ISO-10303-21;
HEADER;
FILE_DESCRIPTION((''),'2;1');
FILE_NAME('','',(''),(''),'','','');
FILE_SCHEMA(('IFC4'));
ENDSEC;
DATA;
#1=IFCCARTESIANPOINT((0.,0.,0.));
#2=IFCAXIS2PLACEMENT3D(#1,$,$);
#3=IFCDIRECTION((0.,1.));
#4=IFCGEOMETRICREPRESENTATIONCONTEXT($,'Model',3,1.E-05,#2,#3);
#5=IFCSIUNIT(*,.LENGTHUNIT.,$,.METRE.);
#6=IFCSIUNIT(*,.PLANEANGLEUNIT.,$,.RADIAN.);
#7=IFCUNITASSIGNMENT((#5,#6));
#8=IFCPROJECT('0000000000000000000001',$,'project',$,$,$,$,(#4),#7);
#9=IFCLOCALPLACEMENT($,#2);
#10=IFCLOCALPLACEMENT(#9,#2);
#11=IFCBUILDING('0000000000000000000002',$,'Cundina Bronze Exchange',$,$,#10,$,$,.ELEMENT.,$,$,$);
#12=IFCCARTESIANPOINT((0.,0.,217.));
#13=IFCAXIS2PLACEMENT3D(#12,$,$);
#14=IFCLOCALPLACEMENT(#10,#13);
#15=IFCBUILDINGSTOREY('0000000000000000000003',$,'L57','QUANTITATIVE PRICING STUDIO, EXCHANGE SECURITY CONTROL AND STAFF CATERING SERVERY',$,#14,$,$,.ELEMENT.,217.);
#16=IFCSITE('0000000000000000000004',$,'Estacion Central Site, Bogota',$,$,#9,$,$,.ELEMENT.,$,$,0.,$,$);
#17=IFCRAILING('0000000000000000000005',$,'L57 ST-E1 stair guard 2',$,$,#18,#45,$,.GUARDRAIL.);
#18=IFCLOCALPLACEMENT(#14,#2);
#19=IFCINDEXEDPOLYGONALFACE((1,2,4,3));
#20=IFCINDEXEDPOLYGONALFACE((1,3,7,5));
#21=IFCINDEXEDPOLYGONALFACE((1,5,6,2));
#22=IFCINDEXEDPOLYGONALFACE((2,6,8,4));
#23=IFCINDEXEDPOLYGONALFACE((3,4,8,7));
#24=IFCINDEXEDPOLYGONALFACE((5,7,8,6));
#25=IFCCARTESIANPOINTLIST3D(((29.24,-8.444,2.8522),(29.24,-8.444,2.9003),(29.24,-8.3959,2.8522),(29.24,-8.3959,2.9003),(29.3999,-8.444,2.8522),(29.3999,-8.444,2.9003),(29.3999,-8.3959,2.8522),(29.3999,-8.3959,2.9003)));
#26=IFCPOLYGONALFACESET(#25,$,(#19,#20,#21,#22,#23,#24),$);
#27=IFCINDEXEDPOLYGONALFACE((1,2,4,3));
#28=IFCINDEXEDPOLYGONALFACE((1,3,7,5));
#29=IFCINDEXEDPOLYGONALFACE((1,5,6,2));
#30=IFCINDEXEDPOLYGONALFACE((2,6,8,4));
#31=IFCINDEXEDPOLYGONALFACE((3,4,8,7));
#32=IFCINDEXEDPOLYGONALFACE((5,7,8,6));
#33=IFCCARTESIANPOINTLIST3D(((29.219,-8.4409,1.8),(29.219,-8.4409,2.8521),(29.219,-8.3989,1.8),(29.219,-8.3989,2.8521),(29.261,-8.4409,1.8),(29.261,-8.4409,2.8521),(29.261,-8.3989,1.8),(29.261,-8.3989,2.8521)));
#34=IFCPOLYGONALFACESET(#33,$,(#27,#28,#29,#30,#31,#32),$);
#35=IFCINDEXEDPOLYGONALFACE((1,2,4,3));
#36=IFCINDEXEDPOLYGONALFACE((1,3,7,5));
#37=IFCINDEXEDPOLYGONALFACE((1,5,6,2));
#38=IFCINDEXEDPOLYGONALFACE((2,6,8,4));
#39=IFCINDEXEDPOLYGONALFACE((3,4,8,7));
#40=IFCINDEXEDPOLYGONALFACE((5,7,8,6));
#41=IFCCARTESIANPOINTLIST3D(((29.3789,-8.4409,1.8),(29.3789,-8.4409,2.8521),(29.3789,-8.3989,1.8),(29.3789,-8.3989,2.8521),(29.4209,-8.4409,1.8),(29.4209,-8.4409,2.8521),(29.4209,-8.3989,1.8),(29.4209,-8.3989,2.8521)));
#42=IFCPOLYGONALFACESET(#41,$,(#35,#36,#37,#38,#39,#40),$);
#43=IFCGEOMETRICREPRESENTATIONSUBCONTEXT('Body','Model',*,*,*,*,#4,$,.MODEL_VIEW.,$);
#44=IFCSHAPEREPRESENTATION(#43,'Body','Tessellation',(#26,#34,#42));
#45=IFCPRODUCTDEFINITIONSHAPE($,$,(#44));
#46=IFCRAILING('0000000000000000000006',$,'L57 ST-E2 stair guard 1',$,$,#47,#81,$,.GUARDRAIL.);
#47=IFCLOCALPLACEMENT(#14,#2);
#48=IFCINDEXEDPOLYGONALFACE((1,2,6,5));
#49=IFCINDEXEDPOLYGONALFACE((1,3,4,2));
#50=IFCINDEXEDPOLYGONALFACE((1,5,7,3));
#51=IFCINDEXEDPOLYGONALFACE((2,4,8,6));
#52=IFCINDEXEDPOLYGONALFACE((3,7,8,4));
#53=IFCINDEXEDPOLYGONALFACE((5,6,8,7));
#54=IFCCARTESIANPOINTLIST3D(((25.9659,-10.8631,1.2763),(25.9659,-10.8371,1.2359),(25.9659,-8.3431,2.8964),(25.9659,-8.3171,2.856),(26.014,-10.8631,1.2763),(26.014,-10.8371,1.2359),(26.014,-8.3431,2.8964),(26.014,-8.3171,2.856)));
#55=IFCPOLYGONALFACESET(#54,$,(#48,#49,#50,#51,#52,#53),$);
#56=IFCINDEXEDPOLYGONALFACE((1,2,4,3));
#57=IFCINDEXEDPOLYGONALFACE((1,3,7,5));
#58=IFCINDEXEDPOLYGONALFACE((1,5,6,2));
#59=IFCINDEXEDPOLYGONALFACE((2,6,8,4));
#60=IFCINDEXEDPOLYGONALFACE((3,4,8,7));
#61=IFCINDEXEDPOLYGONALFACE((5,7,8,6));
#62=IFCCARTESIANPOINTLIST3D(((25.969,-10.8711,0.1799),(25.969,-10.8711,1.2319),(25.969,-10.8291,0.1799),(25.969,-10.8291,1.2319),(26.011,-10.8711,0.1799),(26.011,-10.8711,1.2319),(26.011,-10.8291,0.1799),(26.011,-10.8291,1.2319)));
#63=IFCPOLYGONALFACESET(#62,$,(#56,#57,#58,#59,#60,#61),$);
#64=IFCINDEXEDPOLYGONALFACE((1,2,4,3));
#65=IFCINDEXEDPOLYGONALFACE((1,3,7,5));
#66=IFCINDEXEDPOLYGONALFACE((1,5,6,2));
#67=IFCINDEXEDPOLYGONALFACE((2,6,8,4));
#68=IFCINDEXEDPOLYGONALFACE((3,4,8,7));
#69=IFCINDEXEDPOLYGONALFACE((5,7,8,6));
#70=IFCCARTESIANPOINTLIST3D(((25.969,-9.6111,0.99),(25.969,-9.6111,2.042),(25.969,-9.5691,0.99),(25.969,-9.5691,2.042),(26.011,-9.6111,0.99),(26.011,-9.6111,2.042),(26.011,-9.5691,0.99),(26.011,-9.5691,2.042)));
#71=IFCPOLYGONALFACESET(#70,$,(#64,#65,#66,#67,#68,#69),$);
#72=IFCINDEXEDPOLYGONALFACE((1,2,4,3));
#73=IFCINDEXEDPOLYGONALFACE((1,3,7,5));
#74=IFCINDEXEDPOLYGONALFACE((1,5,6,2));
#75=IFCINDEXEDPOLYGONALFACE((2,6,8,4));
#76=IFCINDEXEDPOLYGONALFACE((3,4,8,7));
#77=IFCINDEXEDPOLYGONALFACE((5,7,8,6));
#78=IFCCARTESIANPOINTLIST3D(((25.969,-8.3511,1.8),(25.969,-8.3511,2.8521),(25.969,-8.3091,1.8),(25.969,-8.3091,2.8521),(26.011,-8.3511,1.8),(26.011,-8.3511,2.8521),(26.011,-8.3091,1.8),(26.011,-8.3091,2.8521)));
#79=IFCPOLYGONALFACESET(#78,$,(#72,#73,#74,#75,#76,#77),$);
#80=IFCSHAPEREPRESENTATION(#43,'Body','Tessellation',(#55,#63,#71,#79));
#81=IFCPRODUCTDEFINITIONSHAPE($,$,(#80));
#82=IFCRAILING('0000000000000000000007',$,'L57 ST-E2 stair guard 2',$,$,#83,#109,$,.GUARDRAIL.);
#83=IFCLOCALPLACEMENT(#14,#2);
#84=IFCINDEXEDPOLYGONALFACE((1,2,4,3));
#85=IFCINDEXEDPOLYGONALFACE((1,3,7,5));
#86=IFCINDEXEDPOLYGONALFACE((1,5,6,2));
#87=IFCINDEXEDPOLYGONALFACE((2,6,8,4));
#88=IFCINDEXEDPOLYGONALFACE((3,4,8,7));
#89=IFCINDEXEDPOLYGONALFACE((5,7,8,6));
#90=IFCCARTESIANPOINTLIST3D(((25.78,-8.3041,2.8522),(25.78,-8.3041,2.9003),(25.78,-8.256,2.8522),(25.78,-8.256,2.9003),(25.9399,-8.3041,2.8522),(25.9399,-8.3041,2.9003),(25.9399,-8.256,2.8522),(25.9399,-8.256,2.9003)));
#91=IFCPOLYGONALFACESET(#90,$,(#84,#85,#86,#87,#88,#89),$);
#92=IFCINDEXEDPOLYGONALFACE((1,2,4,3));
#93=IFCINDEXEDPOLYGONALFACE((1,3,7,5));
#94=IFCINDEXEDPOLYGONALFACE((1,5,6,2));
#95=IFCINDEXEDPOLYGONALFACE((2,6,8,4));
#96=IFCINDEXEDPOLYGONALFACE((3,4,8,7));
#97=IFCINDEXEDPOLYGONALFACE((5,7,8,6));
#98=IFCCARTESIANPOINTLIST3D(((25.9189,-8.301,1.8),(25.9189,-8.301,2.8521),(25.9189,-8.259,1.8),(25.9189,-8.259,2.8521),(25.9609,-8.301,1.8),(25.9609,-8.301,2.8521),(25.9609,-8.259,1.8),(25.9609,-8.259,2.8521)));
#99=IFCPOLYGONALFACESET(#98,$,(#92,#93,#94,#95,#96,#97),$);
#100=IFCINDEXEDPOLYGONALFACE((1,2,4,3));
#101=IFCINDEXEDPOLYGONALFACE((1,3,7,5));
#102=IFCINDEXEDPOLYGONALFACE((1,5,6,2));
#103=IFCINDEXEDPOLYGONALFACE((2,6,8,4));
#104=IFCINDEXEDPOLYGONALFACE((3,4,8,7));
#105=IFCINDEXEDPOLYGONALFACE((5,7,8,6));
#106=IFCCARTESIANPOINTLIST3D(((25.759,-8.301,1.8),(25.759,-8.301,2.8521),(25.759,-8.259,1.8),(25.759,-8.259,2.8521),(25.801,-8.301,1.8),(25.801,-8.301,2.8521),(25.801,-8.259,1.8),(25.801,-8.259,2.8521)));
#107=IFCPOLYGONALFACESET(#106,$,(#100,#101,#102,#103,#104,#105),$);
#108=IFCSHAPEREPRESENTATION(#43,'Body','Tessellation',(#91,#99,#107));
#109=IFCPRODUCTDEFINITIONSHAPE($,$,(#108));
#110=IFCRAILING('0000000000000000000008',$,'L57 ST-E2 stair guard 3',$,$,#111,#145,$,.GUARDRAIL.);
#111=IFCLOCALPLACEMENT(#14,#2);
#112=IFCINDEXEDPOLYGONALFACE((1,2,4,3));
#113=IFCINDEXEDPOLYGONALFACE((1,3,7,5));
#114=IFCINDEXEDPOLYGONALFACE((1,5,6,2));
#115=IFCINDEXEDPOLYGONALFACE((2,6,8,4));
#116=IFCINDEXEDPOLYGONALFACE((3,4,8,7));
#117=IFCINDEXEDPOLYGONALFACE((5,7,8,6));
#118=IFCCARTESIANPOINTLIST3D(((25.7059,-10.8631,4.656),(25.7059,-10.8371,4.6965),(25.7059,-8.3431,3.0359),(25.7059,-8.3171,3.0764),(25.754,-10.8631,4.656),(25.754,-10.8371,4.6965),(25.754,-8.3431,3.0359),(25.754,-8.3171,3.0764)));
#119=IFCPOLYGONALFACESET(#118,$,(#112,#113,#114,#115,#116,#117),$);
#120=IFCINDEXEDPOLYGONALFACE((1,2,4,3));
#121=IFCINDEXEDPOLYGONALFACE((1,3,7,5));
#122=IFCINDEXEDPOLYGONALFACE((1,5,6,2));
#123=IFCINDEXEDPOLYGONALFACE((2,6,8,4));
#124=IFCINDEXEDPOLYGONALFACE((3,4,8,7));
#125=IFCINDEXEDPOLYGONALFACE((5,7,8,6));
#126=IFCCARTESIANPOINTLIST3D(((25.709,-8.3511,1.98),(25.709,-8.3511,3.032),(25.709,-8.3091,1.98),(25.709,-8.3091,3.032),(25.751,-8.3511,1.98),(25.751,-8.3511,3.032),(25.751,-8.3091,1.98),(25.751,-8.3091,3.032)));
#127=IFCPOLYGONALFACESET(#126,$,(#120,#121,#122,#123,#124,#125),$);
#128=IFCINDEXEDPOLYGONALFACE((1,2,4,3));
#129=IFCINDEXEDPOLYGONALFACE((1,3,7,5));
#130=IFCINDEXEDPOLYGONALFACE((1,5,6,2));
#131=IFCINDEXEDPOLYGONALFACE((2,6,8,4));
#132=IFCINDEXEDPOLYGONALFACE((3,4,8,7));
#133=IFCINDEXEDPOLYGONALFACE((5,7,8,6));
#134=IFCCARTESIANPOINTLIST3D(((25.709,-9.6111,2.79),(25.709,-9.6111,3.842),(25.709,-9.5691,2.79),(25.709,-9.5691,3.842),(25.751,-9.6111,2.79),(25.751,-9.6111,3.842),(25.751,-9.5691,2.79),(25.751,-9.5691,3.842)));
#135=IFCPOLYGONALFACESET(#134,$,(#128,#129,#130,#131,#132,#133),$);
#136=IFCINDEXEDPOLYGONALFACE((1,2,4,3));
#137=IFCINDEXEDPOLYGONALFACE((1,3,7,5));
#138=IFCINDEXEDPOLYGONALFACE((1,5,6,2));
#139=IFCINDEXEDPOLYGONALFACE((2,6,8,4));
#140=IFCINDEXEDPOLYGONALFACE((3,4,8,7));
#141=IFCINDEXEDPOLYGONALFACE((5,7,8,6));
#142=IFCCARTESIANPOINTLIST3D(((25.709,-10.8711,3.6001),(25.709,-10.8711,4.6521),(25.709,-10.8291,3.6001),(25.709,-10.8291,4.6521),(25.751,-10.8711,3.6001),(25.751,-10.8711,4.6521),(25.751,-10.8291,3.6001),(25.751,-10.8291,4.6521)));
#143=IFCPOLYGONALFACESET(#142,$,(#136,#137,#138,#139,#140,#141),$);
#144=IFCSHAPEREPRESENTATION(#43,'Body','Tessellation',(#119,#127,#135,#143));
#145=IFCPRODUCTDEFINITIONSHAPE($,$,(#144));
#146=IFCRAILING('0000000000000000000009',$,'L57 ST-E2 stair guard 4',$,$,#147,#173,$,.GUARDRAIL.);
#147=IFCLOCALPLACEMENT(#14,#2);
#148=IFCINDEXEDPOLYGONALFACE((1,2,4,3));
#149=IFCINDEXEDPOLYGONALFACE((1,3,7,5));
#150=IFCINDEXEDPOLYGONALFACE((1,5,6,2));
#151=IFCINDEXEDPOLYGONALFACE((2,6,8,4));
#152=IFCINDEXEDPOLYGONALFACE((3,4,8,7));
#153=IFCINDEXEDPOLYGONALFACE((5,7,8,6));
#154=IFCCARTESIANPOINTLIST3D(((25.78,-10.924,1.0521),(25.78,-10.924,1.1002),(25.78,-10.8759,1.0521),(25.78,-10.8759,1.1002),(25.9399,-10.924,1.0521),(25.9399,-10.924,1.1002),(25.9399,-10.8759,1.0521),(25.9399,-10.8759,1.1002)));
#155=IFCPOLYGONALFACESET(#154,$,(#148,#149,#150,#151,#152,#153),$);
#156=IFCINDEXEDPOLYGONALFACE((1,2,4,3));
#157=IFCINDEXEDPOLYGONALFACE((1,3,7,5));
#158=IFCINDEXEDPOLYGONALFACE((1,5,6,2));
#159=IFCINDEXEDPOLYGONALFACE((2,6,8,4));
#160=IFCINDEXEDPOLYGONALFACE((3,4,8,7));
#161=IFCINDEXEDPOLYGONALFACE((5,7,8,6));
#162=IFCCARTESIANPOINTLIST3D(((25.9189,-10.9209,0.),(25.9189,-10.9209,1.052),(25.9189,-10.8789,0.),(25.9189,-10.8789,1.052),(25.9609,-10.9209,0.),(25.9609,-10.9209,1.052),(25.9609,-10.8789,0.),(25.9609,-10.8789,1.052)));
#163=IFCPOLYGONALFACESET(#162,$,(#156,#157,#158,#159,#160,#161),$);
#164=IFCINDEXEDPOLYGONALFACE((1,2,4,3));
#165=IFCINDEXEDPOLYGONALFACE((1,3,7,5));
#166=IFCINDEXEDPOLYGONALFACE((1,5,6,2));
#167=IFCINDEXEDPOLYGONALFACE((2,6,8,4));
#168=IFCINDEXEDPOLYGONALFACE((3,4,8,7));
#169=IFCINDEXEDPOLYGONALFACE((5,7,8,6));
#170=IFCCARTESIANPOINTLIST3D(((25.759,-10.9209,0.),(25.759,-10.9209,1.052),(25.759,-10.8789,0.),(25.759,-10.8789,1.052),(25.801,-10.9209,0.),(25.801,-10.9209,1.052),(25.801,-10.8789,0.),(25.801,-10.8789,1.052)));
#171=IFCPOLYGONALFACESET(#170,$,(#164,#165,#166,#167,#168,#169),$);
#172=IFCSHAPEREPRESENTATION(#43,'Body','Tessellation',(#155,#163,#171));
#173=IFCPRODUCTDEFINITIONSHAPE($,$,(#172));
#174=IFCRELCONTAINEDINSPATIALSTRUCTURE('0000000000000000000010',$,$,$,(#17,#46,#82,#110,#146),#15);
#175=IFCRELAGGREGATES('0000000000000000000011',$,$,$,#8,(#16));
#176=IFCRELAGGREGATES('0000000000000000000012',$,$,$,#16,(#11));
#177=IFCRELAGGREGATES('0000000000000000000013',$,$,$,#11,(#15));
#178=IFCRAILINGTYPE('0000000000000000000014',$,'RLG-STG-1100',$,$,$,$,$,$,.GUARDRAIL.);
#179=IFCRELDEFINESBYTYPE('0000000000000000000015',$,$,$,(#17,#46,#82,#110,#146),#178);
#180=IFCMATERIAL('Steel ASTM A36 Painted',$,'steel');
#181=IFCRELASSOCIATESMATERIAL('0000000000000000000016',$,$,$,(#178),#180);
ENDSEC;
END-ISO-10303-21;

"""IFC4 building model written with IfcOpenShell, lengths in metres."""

from ifc_helpers import new_model, si_unit, direction, frame, origin, origin_2d, place, context, subcontext, project, spatial, rectangle, extrude, material, type_object, element, save


model = new_model("IFC4")

# Units and contexts
model_context = context("Model", 3, precision=1e-05, world=origin(), true_north=direction((0.0, 1.0)))
body_context = subcontext(model_context, "Body", "Model", "MODEL_VIEW")
ifc_project = project(units=[si_unit("LENGTHUNIT", "METRE"), si_unit("PLANEANGLEUNIT", "RADIAN")], contexts=[model_context])

# Site, building, storey
site_placement = place(None, origin())
site = spatial("IfcSite", under=ifc_project, at=site_placement, Name="Estacion Central Site, Bogota", CompositionType="ELEMENT", RefElevation=0.0)
building_placement = place(site_placement, origin())
building = spatial("IfcBuilding", under=site, at=building_placement, Name="Cundina Bronze Exchange", CompositionType="ELEMENT")
storey_placement = place(building_placement, frame((0.0, 0.0, 217.0)))
storey = spatial("IfcBuildingStorey", under=building, at=storey_placement, Name="L57", Description="QUANTITATIVE PRICING STUDIO, EXCHANGE SECURITY CONTROL AND STAFF CATERING SERVERY", CompositionType="ELEMENT", Elevation=217.0)

# Shared definitions
ifc_material_1 = material(Name="Steel ASTM A36 Painted", Category="steel")

# Railings
railing_type_1 = type_object("IfcRailingType", Name="RLG-STG-1100", PredefinedType="GUARDRAIL", material=ifc_material_1)
railing_1_placement = place(storey_placement, frame((29.24, -8.4199, 1.8)))
element("IfcRailing", 1, at=railing_1_placement, inside=storey, type_object=railing_type_1, Name="L57 ST-E1 stair guard 2", PredefinedType="GUARDRAIL", context=body_context, shape_type="SweptSolid", body=[
    extrude(rectangle(XDim=0.0481, YDim=0.0481, at=origin_2d()), frame((0.0, 0.0, 1.0762), z_axis=(1.0, 0.0, 0.0), x_axis=(0.0, 1.0, 0.0)), (0.0, 0.0, 1.0), 0.1599),
    extrude(rectangle(XDim=0.042, YDim=0.042, at=origin_2d()), origin(), (0.0, 0.0, 1.0), 1.052),
    extrude(rectangle(XDim=0.042, YDim=0.042, at=origin_2d()), frame((0.1599, 0.0, 0.0)), (0.0, 0.0, 1.0), 1.052),
])
railing_2_placement = place(storey_placement, frame((25.99, -10.8501, 0.1799)))
element("IfcRailing", 2, at=railing_2_placement, inside=storey, type_object=railing_type_1, Name="L57 ST-E2 stair guard 1", PredefinedType="GUARDRAIL", context=body_context, shape_type="SweptSolid", body=[
    extrude(rectangle(XDim=0.0481, YDim=0.0481, at=origin_2d()), frame((0.0, 0.0, 1.0762), z_axis=(0.0, 0.841163, 0.540782), x_axis=(-1.0, 0.0, 0.0)), (0.0, 0.0, 1.0), 2.9958),
    extrude(rectangle(XDim=0.042, YDim=0.042, at=origin_2d()), origin(), (0.0, 0.0, 1.0), 1.052),
    extrude(rectangle(XDim=0.042, YDim=0.042, at=origin_2d()), frame((0.0, 1.26, 0.8101)), (0.0, 0.0, 1.0), 1.052),
    extrude(rectangle(XDim=0.042, YDim=0.042, at=origin_2d()), frame((0.0, 2.52, 1.6201)), (0.0, 0.0, 1.0), 1.052),
])
railing_3_placement = place(storey_placement, frame((25.9399, -8.28, 1.8)))
element("IfcRailing", 3, at=railing_3_placement, inside=storey, type_object=railing_type_1, Name="L57 ST-E2 stair guard 2", PredefinedType="GUARDRAIL", context=body_context, shape_type="SweptSolid", body=[
    extrude(rectangle(XDim=0.0481, YDim=0.0481, at=origin_2d()), frame((0.0, 0.0, 1.0762), z_axis=(-1.0, 0.0, 0.0), x_axis=(0.0, -1.0, 0.0)), (0.0, 0.0, 1.0), 0.1599),
    extrude(rectangle(XDim=0.042, YDim=0.042, at=origin_2d()), origin(), (0.0, 0.0, 1.0), 1.052),
    extrude(rectangle(XDim=0.042, YDim=0.042, at=origin_2d()), frame((-0.1599, 0.0, 0.0)), (0.0, 0.0, 1.0), 1.052),
])
railing_4_placement = place(storey_placement, frame((25.73, -8.3301, 1.98)))
element("IfcRailing", 4, at=railing_4_placement, inside=storey, type_object=railing_type_1, Name="L57 ST-E2 stair guard 3", PredefinedType="GUARDRAIL", context=body_context, shape_type="SweptSolid", body=[
    extrude(rectangle(XDim=0.0481, YDim=0.0481, at=origin_2d()), frame((0.0, 0.0, 1.0762), z_axis=(0.0, -0.841163, 0.540782), x_axis=(1.0, 0.0, 0.0)), (0.0, 0.0, 1.0), 2.9958),
    extrude(rectangle(XDim=0.042, YDim=0.042, at=origin_2d()), origin(), (0.0, 0.0, 1.0), 1.052),
    extrude(rectangle(XDim=0.042, YDim=0.042, at=origin_2d()), frame((0.0, -1.26, 0.8101)), (0.0, 0.0, 1.0), 1.052),
    extrude(rectangle(XDim=0.042, YDim=0.042, at=origin_2d()), frame((0.0, -2.52, 1.6201)), (0.0, 0.0, 1.0), 1.052),
])
railing_5_placement = place(storey_placement, frame((25.9399, -10.8999, 0.0)))
element("IfcRailing", 5, at=railing_5_placement, inside=storey, type_object=railing_type_1, Name="L57 ST-E2 stair guard 4", PredefinedType="GUARDRAIL", context=body_context, shape_type="SweptSolid", body=[
    extrude(rectangle(XDim=0.0481, YDim=0.0481, at=origin_2d()), frame((0.0, 0.0, 1.0762), z_axis=(-1.0, 0.0, 0.0), x_axis=(0.0, -1.0, 0.0)), (0.0, 0.0, 1.0), 0.1599),
    extrude(rectangle(XDim=0.042, YDim=0.042, at=origin_2d()), origin(), (0.0, 0.0, 1.0), 1.052),
    extrude(rectangle(XDim=0.042, YDim=0.042, at=origin_2d()), frame((-0.1599, 0.0, 0.0)), (0.0, 0.0, 1.0), 1.052),
])

save(model, "model.ifc")
